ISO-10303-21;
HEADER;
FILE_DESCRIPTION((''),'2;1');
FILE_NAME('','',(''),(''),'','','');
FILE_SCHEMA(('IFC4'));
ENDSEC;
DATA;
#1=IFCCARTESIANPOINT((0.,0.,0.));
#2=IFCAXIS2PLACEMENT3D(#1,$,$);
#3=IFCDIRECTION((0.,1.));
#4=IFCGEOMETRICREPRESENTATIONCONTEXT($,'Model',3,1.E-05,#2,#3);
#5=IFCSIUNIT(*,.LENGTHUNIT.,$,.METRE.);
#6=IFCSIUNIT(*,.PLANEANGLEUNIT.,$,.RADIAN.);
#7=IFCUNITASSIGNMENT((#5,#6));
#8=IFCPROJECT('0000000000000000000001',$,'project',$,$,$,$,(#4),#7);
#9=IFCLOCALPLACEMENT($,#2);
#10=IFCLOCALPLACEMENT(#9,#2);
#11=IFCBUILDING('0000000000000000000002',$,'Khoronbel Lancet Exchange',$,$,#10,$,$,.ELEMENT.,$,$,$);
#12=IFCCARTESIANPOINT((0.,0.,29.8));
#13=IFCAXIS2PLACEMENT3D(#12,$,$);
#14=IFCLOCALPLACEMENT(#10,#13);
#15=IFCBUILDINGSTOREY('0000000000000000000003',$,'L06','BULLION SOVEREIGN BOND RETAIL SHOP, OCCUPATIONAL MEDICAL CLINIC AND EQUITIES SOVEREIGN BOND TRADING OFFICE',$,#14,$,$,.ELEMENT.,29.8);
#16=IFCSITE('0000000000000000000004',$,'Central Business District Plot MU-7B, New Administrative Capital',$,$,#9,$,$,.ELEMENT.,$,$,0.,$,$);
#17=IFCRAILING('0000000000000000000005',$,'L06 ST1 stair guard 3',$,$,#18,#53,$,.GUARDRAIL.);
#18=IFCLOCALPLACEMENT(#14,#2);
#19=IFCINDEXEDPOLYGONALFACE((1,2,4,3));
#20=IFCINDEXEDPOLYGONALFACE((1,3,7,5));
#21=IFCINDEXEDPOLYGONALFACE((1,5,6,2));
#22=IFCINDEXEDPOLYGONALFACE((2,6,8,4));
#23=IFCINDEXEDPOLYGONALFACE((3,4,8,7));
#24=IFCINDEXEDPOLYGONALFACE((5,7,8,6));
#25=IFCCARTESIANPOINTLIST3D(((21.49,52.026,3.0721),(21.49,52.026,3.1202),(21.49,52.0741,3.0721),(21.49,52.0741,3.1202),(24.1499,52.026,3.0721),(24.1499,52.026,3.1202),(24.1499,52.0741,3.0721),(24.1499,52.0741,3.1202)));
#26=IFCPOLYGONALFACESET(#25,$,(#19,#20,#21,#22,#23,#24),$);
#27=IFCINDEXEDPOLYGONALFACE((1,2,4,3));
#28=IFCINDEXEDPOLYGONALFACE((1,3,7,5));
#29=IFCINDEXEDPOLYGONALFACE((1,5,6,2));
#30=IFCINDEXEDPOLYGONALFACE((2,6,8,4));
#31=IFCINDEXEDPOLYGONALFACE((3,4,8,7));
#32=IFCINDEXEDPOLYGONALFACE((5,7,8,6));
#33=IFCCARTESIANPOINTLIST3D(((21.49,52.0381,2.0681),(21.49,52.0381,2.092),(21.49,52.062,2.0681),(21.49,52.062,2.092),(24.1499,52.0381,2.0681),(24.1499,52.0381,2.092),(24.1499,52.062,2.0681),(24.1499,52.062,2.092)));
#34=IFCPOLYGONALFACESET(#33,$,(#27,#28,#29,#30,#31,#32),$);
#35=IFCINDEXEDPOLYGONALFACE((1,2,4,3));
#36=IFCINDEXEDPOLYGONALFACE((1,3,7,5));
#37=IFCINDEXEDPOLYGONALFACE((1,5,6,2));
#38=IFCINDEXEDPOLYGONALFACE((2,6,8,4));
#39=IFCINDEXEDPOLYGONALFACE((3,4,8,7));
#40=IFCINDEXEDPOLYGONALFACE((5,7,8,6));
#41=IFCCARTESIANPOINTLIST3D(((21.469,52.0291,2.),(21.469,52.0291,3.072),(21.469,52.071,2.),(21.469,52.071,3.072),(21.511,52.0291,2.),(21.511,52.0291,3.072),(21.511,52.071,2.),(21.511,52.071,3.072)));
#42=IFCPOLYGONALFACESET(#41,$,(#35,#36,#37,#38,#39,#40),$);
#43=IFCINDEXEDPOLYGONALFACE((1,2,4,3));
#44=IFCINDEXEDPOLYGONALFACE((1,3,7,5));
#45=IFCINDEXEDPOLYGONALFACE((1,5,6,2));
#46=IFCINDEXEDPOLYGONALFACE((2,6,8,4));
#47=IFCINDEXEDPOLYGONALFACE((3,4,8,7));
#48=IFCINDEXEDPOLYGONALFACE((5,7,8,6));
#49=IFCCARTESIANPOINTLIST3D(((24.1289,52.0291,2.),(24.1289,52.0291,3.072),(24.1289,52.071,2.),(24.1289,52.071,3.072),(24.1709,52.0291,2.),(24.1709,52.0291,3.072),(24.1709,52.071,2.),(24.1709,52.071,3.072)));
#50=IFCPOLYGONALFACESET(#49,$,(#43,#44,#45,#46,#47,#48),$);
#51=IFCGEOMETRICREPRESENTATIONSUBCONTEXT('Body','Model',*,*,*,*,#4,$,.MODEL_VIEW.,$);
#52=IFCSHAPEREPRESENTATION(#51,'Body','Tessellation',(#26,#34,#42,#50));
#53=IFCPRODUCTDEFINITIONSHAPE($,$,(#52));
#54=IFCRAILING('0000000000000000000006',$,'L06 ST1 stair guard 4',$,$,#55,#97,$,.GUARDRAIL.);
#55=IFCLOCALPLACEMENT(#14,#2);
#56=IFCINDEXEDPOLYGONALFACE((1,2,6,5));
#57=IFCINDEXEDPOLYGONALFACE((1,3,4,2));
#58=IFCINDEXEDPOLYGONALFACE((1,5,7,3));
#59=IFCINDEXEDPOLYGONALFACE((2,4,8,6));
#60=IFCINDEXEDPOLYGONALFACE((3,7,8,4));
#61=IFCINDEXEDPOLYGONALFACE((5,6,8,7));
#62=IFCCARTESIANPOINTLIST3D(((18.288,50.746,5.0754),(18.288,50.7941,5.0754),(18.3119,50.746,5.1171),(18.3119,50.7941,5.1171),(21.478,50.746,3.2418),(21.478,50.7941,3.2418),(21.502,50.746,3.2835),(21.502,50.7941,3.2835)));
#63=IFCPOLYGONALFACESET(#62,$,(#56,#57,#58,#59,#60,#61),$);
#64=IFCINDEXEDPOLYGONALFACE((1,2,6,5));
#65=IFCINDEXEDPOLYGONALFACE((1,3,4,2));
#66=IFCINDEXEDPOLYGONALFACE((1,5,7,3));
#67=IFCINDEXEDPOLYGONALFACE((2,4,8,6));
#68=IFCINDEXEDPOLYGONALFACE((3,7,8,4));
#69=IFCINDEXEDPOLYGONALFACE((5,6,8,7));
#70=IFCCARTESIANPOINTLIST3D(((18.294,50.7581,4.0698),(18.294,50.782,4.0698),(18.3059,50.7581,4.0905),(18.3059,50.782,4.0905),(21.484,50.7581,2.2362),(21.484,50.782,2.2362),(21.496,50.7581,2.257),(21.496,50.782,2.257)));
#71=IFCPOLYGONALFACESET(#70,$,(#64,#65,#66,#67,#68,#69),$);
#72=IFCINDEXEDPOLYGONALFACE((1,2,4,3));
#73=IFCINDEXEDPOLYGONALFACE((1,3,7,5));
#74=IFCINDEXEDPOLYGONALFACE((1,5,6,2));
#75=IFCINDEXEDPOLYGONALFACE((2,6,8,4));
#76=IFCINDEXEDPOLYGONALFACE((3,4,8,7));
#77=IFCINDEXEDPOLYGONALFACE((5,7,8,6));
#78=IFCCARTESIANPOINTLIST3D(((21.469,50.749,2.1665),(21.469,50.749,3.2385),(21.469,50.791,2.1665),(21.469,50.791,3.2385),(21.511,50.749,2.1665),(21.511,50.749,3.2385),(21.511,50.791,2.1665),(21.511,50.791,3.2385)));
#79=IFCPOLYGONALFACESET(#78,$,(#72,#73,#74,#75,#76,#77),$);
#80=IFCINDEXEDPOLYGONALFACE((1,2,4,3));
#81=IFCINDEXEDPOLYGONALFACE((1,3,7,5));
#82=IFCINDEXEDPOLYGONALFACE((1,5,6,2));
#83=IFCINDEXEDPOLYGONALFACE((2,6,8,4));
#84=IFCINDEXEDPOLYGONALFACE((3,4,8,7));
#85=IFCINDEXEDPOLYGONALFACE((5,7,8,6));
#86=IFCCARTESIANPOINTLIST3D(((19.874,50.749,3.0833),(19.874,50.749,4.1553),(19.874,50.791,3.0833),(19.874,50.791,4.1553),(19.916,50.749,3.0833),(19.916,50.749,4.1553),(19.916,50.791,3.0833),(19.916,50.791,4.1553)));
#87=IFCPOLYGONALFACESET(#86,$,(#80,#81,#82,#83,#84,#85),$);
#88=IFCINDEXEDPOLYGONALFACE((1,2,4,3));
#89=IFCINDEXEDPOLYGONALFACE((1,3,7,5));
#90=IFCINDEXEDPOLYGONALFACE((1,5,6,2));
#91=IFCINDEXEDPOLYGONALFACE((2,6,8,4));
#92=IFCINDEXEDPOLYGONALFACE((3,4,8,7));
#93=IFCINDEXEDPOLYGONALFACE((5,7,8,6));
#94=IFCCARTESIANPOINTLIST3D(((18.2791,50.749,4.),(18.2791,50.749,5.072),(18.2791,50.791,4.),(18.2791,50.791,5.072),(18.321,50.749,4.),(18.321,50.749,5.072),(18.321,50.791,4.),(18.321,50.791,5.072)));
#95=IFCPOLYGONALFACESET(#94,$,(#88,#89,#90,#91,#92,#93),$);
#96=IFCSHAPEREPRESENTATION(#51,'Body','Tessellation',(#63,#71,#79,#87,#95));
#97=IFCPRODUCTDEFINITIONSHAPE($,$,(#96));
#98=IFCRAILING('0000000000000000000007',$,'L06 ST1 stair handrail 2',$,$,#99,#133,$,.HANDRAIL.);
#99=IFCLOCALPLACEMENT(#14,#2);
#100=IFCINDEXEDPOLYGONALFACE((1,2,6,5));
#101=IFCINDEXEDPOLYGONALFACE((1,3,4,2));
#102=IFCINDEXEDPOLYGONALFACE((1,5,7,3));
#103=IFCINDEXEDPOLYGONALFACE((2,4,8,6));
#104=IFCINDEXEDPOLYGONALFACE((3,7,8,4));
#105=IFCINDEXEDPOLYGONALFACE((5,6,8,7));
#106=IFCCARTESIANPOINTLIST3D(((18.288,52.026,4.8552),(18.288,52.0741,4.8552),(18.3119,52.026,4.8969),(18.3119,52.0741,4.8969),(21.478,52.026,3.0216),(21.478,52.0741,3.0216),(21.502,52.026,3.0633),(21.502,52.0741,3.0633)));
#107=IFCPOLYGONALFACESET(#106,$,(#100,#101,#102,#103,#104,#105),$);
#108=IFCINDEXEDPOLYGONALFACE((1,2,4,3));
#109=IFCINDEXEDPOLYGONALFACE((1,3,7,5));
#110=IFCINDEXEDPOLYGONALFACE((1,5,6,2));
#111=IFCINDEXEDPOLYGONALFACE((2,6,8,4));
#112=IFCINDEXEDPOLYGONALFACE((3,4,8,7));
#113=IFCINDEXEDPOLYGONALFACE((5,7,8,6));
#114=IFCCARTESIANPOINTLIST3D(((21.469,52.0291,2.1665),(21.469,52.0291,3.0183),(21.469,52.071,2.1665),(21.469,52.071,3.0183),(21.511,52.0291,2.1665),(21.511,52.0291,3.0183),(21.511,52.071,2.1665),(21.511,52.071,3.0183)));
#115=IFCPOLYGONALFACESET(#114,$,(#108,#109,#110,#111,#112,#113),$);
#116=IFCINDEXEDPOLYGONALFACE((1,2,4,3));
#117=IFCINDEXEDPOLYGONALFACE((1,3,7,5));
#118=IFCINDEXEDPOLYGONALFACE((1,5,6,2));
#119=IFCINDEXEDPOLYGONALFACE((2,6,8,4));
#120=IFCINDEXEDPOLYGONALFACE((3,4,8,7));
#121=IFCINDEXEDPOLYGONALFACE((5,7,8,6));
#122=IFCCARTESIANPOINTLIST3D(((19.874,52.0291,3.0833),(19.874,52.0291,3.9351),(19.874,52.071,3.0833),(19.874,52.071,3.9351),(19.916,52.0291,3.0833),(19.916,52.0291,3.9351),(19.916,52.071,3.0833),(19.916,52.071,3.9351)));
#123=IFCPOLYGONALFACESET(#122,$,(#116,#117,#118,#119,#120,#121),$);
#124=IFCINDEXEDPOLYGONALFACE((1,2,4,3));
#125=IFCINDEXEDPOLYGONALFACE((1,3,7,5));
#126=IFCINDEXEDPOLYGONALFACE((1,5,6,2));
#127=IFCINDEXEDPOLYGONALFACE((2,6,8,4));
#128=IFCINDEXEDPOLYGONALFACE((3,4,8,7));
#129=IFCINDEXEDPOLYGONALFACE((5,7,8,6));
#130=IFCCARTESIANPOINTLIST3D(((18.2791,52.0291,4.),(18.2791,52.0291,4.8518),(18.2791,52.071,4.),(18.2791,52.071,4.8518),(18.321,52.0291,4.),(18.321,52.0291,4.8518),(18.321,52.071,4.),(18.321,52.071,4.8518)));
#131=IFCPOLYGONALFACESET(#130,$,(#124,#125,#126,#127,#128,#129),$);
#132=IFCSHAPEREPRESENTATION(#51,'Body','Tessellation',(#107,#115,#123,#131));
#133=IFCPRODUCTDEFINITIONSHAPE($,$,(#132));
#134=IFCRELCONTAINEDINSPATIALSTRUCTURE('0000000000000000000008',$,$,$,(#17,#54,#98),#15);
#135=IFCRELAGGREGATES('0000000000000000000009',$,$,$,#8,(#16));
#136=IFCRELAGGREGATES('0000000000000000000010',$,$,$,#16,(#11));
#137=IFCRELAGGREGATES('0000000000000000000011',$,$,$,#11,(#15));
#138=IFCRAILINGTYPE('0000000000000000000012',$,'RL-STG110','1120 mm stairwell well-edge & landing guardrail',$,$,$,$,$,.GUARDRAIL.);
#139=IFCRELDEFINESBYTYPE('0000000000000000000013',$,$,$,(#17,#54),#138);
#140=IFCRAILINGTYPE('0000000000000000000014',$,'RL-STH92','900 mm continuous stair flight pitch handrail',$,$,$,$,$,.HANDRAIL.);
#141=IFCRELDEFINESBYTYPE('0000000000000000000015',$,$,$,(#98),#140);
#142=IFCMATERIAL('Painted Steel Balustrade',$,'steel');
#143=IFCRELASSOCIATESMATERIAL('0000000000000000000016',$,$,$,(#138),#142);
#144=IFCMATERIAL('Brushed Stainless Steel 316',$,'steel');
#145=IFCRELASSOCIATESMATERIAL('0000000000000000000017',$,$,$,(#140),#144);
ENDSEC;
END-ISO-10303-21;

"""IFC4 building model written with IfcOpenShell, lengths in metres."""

from ifc_helpers import new_model, si_unit, direction, frame, origin, origin_2d, place, context, subcontext, project, spatial, rectangle, extrude, material, type_object, element, save


model = new_model("IFC4")

# Units and contexts
model_context = context("Model", 3, precision=1e-05, world=origin(), true_north=direction((0.0, 1.0)))
body_context = subcontext(model_context, "Body", "Model", "MODEL_VIEW")
ifc_project = project(units=[si_unit("LENGTHUNIT", "METRE"), si_unit("PLANEANGLEUNIT", "RADIAN")], contexts=[model_context])

# Site, building, storey
site_placement = place(None, origin())
site = spatial("IfcSite", under=ifc_project, at=site_placement, Name="Central Business District Plot MU-7B, New Administrative Capital", CompositionType="ELEMENT", RefElevation=0.0)
building_placement = place(site_placement, origin())
building = spatial("IfcBuilding", under=site, at=building_placement, Name="Khoronbel Lancet Exchange", CompositionType="ELEMENT")
storey_placement = place(building_placement, frame((0.0, 0.0, 29.8)))
storey = spatial("IfcBuildingStorey", under=building, at=storey_placement, Name="L06", Description="BULLION SOVEREIGN BOND RETAIL SHOP, OCCUPATIONAL MEDICAL CLINIC AND EQUITIES SOVEREIGN BOND TRADING OFFICE", CompositionType="ELEMENT", Elevation=29.8)

# Railings
ifc_material_1 = material(Name="Painted Steel Balustrade", Category="steel")
railing_type_1 = type_object("IfcRailingType", Name="RL-STG110", Description="1120 mm stairwell well-edge & landing guardrail", PredefinedType="GUARDRAIL", material=ifc_material_1)
railing_1_placement = place(storey_placement, frame((21.49, 52.05, 2.0)))
element("IfcRailing", 1, at=railing_1_placement, inside=storey, type_object=railing_type_1, Name="L06 ST1 stair guard 3", PredefinedType="GUARDRAIL", context=body_context, shape_type="SweptSolid", body=[
    extrude(rectangle(XDim=0.0481, YDim=0.0481, at=origin_2d()), frame((0.0, 0.0, 1.0962), z_axis=(1.0, 0.0, 0.0), x_axis=(0.0, 1.0, 0.0)), (0.0, 0.0, 1.0), 2.6599),
    extrude(rectangle(XDim=0.0239, YDim=0.0239, at=origin_2d()), frame((0.0, 0.0, 0.0801), z_axis=(1.0, 0.0, 0.0), x_axis=(0.0, 1.0, 0.0)), (0.0, 0.0, 1.0), 2.6599),
    extrude(rectangle(XDim=0.042, YDim=0.042, at=origin_2d()), origin(), (0.0, 0.0, 1.0), 1.072),
    extrude(rectangle(XDim=0.042, YDim=0.042, at=origin_2d()), frame((2.6599, 0.0, 0.0)), (0.0, 0.0, 1.0), 1.072),
])
railing_2_placement = place(storey_placement, frame((21.49, 50.77, 2.1665)))
element("IfcRailing", 2, at=railing_2_placement, inside=storey, type_object=railing_type_1, Name="L06 ST1 stair guard 4", PredefinedType="GUARDRAIL", context=body_context, shape_type="SweptSolid", body=[
    extrude(rectangle(XDim=0.0481, YDim=0.0481, at=origin_2d()), frame((0.0, 0.0, 1.0962), z_axis=(-0.866991, 0.0, 0.498324), x_axis=(0.0, -1.0, 0.0)), (0.0, 0.0, 1.0), 3.6794),
    extrude(rectangle(XDim=0.0239, YDim=0.0239, at=origin_2d()), frame((0.0, 0.0, 0.0801), z_axis=(-0.866991, 0.0, 0.498324), x_axis=(0.0, -1.0, 0.0)), (0.0, 0.0, 1.0), 3.6794),
    extrude(rectangle(XDim=0.042, YDim=0.042, at=origin_2d()), origin(), (0.0, 0.0, 1.0), 1.072),
    extrude(rectangle(XDim=0.042, YDim=0.042, at=origin_2d()), frame((-1.595, 0.0, 0.9167)), (0.0, 0.0, 1.0), 1.072),
    extrude(rectangle(XDim=0.042, YDim=0.042, at=origin_2d()), frame((-3.1899, 0.0, 1.8335)), (0.0, 0.0, 1.0), 1.072),
])
ifc_material_2 = material(Name="Brushed Stainless Steel 316", Category="steel")
railing_type_2 = type_object("IfcRailingType", Name="RL-STH92", Description="900 mm continuous stair flight pitch handrail", PredefinedType="HANDRAIL", material=ifc_material_2)
railing_3_placement = place(storey_placement, frame((21.49, 52.05, 2.1665)))
element("IfcRailing", 3, at=railing_3_placement, inside=storey, type_object=railing_type_2, Name="L06 ST1 stair handrail 2", PredefinedType="HANDRAIL", context=body_context, shape_type="SweptSolid", body=[
    extrude(rectangle(XDim=0.0481, YDim=0.0481, at=origin_2d()), frame((0.0, 0.0, 0.876), z_axis=(-0.866991, 0.0, 0.498324), x_axis=(0.0, -1.0, 0.0)), (0.0, 0.0, 1.0), 3.6794),
    extrude(rectangle(XDim=0.042, YDim=0.042, at=origin_2d()), origin(), (0.0, 0.0, 1.0), 0.8518),
    extrude(rectangle(XDim=0.042, YDim=0.042, at=origin_2d()), frame((-1.595, 0.0, 0.9167)), (0.0, 0.0, 1.0), 0.8518),
    extrude(rectangle(XDim=0.042, YDim=0.042, at=origin_2d()), frame((-3.1899, 0.0, 1.8335)), (0.0, 0.0, 1.0), 0.8518),
])

save(model, "model.ifc")
